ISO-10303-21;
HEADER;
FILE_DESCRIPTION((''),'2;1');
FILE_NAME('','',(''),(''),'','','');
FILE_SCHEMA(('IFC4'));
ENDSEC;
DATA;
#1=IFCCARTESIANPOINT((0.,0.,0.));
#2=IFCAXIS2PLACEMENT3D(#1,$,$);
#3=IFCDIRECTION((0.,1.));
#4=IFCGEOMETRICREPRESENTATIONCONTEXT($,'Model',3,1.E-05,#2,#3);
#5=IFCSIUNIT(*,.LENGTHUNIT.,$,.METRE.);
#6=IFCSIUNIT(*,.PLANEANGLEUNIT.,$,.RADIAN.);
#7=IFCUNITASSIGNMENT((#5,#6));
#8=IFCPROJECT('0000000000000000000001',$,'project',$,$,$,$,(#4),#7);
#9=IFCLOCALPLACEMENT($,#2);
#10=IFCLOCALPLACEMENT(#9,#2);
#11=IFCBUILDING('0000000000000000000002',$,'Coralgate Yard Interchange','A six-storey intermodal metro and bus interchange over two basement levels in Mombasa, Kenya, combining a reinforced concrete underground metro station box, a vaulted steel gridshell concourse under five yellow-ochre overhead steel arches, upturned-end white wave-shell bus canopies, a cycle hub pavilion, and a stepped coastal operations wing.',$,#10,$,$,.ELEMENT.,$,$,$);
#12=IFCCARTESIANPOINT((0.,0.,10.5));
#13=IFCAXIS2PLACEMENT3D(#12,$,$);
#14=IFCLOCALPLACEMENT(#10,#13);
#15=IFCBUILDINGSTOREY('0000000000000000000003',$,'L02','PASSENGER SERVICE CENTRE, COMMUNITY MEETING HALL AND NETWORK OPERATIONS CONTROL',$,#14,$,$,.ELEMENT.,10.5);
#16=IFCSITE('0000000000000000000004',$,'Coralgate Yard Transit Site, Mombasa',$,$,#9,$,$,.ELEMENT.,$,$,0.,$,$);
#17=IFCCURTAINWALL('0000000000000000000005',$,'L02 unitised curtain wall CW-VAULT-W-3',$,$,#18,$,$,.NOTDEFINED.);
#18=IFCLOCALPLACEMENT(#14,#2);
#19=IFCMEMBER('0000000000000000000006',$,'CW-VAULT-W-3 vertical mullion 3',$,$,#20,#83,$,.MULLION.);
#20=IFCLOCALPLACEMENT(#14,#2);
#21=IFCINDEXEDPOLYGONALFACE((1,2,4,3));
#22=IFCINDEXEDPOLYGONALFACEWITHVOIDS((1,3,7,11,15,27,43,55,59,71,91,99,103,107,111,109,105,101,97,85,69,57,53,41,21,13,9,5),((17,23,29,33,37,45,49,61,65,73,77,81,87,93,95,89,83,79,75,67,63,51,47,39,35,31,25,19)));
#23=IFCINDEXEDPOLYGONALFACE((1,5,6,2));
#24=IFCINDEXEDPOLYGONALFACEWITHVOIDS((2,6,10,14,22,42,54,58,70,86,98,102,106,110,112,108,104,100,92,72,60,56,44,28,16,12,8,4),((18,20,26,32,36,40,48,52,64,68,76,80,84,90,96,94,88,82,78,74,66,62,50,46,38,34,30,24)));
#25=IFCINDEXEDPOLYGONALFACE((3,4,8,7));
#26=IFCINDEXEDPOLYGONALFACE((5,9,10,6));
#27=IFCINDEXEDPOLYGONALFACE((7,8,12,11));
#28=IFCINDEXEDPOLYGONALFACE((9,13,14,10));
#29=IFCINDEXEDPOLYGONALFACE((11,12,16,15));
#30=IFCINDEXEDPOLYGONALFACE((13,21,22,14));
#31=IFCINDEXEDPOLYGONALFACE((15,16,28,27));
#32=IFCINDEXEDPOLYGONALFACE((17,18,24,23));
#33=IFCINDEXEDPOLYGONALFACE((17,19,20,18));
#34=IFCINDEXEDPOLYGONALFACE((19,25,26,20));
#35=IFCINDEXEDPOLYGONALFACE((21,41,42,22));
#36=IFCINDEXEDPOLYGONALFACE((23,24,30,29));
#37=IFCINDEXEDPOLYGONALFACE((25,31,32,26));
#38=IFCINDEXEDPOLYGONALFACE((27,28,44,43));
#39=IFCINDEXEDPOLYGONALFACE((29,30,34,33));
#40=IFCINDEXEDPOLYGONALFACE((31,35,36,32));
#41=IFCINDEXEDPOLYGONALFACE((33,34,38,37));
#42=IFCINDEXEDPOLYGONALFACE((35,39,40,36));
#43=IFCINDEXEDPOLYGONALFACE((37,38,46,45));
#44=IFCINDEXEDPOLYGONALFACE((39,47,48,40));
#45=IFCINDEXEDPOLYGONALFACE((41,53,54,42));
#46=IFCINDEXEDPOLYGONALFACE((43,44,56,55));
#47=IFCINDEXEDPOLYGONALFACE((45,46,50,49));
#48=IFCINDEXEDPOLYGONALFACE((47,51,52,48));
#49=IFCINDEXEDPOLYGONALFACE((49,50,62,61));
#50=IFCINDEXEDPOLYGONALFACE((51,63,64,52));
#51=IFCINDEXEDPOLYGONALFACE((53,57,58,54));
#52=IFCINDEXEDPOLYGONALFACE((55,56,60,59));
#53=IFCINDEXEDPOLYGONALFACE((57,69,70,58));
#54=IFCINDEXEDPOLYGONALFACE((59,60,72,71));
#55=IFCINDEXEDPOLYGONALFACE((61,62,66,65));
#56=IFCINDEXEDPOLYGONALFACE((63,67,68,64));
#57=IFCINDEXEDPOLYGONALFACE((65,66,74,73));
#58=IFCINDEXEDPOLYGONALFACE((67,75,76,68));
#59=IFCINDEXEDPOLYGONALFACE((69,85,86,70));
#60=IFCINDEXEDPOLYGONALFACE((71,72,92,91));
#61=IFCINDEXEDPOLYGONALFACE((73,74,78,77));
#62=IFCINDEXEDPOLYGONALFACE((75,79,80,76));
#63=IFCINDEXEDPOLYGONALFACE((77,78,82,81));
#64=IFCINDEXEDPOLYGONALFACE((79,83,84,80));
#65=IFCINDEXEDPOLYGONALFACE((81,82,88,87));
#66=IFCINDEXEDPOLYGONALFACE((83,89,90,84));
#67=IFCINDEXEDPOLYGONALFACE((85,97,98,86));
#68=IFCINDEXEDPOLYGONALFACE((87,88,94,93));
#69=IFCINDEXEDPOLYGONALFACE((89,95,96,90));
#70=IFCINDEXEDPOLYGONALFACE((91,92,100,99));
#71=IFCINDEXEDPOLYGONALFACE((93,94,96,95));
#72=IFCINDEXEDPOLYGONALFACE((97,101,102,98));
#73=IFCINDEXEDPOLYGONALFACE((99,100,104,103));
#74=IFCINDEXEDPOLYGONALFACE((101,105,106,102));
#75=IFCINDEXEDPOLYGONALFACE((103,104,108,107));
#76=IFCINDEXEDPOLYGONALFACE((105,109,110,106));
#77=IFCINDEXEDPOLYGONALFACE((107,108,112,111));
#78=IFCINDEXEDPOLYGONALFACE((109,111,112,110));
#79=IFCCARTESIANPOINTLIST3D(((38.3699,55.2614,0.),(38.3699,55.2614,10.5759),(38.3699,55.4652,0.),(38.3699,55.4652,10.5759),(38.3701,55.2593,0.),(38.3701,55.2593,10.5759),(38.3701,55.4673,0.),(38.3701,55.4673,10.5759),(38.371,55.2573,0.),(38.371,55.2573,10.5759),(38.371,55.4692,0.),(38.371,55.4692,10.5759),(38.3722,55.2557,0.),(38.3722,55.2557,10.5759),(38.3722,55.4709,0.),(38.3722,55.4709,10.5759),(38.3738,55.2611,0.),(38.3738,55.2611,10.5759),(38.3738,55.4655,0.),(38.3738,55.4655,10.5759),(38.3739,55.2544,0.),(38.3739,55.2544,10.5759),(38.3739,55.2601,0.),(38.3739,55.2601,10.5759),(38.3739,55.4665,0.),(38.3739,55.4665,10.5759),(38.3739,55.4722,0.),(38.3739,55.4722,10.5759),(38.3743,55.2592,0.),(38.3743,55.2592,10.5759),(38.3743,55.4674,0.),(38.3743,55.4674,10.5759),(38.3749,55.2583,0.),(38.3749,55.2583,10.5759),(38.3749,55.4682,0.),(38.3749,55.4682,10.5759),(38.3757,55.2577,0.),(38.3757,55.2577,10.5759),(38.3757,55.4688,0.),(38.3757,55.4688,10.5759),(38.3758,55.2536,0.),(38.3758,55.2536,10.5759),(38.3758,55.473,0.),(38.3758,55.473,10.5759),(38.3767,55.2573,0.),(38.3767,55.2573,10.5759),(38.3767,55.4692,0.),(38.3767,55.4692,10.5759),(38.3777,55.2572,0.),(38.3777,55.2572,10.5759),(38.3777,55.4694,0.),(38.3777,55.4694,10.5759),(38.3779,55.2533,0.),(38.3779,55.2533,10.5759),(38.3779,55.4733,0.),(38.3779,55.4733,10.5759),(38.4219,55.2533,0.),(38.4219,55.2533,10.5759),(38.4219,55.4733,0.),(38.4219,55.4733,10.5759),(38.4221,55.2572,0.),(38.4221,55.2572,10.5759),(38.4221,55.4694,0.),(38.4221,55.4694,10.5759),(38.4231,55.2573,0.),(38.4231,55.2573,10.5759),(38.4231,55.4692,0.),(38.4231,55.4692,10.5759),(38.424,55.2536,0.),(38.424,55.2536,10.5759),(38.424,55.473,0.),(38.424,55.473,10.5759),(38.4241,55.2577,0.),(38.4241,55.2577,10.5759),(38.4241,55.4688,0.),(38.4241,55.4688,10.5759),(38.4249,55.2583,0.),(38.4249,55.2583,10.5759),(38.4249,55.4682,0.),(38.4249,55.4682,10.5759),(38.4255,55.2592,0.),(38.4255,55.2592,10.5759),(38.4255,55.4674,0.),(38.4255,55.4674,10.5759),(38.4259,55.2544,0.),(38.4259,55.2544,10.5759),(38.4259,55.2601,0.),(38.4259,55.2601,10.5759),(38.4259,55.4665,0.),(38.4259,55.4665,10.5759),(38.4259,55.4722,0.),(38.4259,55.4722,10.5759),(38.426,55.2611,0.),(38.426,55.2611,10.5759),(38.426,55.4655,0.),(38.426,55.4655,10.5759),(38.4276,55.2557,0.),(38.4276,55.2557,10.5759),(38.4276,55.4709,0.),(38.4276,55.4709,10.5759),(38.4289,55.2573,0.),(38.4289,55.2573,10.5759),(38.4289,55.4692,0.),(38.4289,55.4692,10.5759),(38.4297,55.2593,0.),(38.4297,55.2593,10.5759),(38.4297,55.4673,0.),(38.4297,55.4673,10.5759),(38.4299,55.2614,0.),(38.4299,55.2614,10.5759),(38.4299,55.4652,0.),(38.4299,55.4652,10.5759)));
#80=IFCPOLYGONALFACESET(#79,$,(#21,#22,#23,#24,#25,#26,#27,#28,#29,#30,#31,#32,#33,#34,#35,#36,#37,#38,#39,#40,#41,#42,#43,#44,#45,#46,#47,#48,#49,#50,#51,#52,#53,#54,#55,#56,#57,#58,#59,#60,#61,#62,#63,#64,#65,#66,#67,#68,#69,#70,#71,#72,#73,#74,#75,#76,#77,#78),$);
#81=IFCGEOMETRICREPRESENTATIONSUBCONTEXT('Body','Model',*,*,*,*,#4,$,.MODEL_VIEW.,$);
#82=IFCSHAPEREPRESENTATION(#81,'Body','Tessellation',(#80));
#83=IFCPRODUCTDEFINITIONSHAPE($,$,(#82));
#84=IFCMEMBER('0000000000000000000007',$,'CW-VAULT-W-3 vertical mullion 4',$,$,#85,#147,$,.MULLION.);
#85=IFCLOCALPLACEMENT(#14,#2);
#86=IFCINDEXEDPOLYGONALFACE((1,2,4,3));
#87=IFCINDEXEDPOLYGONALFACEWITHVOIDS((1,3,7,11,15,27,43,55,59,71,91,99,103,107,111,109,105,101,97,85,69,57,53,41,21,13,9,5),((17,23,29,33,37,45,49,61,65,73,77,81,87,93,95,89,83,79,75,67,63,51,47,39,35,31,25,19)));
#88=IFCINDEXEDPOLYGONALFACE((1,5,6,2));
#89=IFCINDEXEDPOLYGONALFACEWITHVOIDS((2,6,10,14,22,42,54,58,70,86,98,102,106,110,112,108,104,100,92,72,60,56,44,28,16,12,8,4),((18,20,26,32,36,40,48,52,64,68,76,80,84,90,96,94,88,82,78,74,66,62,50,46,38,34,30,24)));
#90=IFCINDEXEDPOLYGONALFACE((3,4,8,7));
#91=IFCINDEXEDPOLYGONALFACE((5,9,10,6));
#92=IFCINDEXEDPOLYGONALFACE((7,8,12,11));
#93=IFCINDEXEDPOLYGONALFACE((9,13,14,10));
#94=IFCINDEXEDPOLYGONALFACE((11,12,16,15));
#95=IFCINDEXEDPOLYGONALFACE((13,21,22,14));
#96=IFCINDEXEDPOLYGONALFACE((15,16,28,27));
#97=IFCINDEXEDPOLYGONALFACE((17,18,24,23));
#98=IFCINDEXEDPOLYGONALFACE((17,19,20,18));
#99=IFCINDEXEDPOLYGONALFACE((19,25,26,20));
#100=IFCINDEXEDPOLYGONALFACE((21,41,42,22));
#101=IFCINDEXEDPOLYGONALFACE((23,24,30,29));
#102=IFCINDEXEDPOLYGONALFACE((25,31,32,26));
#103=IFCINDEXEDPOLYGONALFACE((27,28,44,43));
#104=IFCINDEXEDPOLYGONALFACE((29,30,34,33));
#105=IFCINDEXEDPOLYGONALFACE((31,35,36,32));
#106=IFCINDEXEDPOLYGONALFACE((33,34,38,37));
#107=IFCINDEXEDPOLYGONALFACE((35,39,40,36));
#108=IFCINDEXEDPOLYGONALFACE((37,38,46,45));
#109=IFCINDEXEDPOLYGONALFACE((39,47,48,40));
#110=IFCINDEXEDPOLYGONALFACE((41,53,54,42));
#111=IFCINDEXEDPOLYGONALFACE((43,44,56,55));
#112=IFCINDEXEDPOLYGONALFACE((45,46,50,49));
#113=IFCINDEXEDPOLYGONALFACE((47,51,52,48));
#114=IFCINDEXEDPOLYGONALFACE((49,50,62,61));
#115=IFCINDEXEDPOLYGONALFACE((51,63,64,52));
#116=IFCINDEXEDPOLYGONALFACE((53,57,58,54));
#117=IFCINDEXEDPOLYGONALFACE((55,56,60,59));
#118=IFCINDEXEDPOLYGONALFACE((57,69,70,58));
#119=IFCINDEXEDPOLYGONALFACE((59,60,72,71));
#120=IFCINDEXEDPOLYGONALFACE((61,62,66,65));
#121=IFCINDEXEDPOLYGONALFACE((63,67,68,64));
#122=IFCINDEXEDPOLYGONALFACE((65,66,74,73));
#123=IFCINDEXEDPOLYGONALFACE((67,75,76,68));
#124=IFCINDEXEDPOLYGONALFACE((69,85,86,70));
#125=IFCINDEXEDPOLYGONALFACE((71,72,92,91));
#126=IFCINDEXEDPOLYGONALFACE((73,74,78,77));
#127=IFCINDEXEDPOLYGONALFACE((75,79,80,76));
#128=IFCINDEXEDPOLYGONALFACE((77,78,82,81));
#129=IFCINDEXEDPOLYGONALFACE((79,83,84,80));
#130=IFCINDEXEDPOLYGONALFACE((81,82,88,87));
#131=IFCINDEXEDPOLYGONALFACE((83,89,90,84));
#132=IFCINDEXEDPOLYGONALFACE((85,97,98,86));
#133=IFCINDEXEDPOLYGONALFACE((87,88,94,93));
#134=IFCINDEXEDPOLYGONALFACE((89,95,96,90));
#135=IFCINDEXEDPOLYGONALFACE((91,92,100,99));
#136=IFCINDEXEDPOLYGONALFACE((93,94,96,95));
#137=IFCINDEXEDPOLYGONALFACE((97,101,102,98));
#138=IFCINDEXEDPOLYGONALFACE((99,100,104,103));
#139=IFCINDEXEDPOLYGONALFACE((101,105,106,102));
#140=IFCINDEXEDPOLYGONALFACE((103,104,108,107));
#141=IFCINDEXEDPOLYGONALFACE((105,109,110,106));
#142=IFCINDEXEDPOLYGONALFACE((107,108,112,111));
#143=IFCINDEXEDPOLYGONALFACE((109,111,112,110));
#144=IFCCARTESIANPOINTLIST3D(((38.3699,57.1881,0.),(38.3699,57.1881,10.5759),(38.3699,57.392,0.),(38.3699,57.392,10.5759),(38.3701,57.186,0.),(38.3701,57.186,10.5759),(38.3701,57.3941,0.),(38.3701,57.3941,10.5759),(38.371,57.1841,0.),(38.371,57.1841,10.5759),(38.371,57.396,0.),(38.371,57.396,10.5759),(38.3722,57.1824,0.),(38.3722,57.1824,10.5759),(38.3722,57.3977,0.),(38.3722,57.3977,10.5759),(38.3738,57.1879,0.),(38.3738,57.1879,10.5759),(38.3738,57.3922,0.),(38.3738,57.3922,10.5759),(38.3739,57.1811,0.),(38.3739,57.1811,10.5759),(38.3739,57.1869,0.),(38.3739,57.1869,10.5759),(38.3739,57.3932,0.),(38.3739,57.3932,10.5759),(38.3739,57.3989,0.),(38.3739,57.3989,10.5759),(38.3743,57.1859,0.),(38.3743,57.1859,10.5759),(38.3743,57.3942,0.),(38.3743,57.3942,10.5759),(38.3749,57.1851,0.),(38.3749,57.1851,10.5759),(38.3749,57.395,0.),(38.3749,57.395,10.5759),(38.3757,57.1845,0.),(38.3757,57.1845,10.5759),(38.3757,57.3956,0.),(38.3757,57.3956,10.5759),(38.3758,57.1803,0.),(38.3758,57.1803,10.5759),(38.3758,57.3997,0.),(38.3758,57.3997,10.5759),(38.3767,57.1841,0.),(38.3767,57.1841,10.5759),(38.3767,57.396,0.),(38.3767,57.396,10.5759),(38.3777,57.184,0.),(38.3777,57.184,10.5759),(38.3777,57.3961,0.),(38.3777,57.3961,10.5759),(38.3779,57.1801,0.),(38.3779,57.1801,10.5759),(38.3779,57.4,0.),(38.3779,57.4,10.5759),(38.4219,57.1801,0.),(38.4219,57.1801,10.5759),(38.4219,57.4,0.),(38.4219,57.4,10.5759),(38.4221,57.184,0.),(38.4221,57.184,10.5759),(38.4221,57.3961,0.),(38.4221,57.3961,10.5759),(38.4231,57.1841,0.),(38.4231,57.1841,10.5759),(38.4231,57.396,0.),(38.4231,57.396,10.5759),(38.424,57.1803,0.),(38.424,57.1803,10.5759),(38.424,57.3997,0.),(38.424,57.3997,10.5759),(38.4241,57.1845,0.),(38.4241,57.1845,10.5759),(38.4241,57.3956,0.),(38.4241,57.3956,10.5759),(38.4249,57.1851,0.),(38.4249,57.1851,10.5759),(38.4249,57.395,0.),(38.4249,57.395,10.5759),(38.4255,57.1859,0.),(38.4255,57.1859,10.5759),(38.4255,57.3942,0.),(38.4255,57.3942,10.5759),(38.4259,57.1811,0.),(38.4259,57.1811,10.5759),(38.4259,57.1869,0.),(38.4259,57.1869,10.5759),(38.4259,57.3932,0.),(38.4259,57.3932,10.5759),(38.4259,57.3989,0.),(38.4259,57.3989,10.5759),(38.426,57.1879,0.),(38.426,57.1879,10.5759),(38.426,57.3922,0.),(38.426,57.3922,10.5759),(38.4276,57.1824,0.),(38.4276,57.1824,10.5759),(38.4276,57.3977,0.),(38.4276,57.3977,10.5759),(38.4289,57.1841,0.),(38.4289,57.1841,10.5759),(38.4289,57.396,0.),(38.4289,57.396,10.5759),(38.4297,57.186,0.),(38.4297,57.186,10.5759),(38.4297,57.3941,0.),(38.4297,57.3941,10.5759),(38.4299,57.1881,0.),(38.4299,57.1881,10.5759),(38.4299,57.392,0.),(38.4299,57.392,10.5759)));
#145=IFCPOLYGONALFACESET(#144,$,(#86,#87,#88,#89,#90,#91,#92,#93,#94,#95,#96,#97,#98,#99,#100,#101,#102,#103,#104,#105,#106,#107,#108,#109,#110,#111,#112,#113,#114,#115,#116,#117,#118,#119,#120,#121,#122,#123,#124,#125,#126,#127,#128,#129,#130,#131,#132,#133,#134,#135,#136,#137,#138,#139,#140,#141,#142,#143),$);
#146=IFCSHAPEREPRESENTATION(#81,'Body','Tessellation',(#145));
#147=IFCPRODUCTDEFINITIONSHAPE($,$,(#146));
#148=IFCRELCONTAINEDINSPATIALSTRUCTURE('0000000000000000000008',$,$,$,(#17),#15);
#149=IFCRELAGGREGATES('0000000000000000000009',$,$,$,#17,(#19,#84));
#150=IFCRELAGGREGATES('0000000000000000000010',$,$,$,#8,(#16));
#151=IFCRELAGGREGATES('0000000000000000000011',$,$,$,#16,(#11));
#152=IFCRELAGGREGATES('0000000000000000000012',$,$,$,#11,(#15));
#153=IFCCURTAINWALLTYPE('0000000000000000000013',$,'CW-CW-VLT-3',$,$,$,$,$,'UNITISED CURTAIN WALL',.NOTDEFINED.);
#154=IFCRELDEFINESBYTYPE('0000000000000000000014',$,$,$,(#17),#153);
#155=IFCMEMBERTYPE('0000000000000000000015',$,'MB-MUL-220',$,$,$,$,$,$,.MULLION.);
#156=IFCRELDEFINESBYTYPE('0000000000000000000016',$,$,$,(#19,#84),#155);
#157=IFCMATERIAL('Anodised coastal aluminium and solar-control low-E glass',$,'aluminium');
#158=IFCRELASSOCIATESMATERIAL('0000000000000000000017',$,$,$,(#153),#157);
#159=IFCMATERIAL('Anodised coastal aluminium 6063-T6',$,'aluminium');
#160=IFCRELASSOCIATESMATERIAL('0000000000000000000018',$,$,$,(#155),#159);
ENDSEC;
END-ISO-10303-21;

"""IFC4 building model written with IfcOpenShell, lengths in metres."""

from ifc_helpers import new_model, si_unit, direction, frame, origin, origin_2d, place, context, subcontext, project, spatial, hollow_rectangle, extrude, material, material_profile, profile_set, type_object, element, aggregate, save


model = new_model("IFC4")

# Units and contexts
model_context = context("Model", 3, precision=1e-05, world=origin(), true_north=direction((0.0, 1.0)))
body_context = subcontext(model_context, "Body", "Model", "MODEL_VIEW")
ifc_project = project(units=[si_unit("LENGTHUNIT", "METRE"), si_unit("PLANEANGLEUNIT", "RADIAN")], contexts=[model_context])

# Site, building, storey
site_placement = place(None, origin())
site = spatial("IfcSite", under=ifc_project, at=site_placement, Name="Coralgate Yard Transit Site, Mombasa", CompositionType="ELEMENT", RefElevation=0.0)
building_placement = place(site_placement, origin())
building = spatial("IfcBuilding", under=site, at=building_placement, Name="Coralgate Yard Interchange", Description="A six-storey intermodal metro and bus interchange over two basement levels in Mombasa, Kenya, combining a reinforced concrete underground metro station box, a vaulted steel gridshell concourse under five yellow-ochre overhead steel arches, upturned-end white wave-shell bus canopies, a cycle hub pavilion, and a stepped coastal operations wing.", CompositionType="ELEMENT")
storey_placement = place(building_placement, frame((0.0, 0.0, 10.5)))
storey = spatial("IfcBuildingStorey", under=building, at=storey_placement, Name="L02", Description="PASSENGER SERVICE CENTRE, COMMUNITY MEETING HALL AND NETWORK OPERATIONS CONTROL", CompositionType="ELEMENT", Elevation=10.5)

# Curtain wall, members
ifc_material_1 = material(Name="Anodised coastal aluminium and solar-control low-E glass", Category="aluminium")
curtain_wall_type = type_object("IfcCurtainWallType", Name="CW-CW-VLT-3", ElementType="UNITISED CURTAIN WALL", PredefinedType="NOTDEFINED", material=ifc_material_1)
curtain_wall_1_placement = place(storey_placement, origin())
curtain_wall_1 = element("IfcCurtainWall", 1, at=curtain_wall_1_placement, inside=storey, type_object=curtain_wall_type, Name="L02 unitised curtain wall CW-VAULT-W-3", PredefinedType="NOTDEFINED")
ifc_material_2 = material(Name="Anodised coastal aluminium 6063-T6", Category="aluminium")
ifc_material_profile_1 = material_profile(ifc_material_2, hollow_rectangle(XDim=0.0601, YDim=0.22, WallThickness=0.0039, InnerFilletRadius=0.0039, OuterFilletRadius=0.0081, at=origin_2d()), Name="ALU 60x220x4")
ifc_profile_set_1 = profile_set([ifc_material_profile_1], Name="Anodised coastal aluminium 6063-T6")
member_type_1 = type_object("IfcMemberType", Name="MB-MUL-220", PredefinedType="MULLION", material=ifc_profile_set_1)
member_1_placement = place(storey_placement, frame((38.3999, 55.3633, 0.0), z_axis=(0.0, 0.0, 1.0), x_axis=(1.0, 0.0, 0.0)))
member_1 = element("IfcMember", 2, at=member_1_placement, type_object=member_type_1, Name="CW-VAULT-W-3 vertical mullion 3", PredefinedType="MULLION", context=body_context, shape_type="SweptSolid", body=[
    extrude(hollow_rectangle(XDim=0.0601, YDim=0.22, WallThickness=0.0039, InnerFilletRadius=0.0039, OuterFilletRadius=0.0081, at=origin_2d()), origin(), (0.0, 0.0, 1.0), 10.5759),
])
member_2_placement = place(storey_placement, frame((38.3999, 57.29, 0.0), z_axis=(0.0, 0.0, 1.0), x_axis=(1.0, 0.0, 0.0)))
member_2 = element("IfcMember", 3, at=member_2_placement, type_object=member_type_1, Name="CW-VAULT-W-3 vertical mullion 4", PredefinedType="MULLION", context=body_context, shape_type="SweptSolid", body=[
    extrude(hollow_rectangle(XDim=0.0601, YDim=0.22, WallThickness=0.0039, InnerFilletRadius=0.0039, OuterFilletRadius=0.0081, at=origin_2d()), origin(), (0.0, 0.0, 1.0), 10.5759),
])

aggregate(curtain_wall_1, [member_1, member_2])

save(model, "model.ifc")
